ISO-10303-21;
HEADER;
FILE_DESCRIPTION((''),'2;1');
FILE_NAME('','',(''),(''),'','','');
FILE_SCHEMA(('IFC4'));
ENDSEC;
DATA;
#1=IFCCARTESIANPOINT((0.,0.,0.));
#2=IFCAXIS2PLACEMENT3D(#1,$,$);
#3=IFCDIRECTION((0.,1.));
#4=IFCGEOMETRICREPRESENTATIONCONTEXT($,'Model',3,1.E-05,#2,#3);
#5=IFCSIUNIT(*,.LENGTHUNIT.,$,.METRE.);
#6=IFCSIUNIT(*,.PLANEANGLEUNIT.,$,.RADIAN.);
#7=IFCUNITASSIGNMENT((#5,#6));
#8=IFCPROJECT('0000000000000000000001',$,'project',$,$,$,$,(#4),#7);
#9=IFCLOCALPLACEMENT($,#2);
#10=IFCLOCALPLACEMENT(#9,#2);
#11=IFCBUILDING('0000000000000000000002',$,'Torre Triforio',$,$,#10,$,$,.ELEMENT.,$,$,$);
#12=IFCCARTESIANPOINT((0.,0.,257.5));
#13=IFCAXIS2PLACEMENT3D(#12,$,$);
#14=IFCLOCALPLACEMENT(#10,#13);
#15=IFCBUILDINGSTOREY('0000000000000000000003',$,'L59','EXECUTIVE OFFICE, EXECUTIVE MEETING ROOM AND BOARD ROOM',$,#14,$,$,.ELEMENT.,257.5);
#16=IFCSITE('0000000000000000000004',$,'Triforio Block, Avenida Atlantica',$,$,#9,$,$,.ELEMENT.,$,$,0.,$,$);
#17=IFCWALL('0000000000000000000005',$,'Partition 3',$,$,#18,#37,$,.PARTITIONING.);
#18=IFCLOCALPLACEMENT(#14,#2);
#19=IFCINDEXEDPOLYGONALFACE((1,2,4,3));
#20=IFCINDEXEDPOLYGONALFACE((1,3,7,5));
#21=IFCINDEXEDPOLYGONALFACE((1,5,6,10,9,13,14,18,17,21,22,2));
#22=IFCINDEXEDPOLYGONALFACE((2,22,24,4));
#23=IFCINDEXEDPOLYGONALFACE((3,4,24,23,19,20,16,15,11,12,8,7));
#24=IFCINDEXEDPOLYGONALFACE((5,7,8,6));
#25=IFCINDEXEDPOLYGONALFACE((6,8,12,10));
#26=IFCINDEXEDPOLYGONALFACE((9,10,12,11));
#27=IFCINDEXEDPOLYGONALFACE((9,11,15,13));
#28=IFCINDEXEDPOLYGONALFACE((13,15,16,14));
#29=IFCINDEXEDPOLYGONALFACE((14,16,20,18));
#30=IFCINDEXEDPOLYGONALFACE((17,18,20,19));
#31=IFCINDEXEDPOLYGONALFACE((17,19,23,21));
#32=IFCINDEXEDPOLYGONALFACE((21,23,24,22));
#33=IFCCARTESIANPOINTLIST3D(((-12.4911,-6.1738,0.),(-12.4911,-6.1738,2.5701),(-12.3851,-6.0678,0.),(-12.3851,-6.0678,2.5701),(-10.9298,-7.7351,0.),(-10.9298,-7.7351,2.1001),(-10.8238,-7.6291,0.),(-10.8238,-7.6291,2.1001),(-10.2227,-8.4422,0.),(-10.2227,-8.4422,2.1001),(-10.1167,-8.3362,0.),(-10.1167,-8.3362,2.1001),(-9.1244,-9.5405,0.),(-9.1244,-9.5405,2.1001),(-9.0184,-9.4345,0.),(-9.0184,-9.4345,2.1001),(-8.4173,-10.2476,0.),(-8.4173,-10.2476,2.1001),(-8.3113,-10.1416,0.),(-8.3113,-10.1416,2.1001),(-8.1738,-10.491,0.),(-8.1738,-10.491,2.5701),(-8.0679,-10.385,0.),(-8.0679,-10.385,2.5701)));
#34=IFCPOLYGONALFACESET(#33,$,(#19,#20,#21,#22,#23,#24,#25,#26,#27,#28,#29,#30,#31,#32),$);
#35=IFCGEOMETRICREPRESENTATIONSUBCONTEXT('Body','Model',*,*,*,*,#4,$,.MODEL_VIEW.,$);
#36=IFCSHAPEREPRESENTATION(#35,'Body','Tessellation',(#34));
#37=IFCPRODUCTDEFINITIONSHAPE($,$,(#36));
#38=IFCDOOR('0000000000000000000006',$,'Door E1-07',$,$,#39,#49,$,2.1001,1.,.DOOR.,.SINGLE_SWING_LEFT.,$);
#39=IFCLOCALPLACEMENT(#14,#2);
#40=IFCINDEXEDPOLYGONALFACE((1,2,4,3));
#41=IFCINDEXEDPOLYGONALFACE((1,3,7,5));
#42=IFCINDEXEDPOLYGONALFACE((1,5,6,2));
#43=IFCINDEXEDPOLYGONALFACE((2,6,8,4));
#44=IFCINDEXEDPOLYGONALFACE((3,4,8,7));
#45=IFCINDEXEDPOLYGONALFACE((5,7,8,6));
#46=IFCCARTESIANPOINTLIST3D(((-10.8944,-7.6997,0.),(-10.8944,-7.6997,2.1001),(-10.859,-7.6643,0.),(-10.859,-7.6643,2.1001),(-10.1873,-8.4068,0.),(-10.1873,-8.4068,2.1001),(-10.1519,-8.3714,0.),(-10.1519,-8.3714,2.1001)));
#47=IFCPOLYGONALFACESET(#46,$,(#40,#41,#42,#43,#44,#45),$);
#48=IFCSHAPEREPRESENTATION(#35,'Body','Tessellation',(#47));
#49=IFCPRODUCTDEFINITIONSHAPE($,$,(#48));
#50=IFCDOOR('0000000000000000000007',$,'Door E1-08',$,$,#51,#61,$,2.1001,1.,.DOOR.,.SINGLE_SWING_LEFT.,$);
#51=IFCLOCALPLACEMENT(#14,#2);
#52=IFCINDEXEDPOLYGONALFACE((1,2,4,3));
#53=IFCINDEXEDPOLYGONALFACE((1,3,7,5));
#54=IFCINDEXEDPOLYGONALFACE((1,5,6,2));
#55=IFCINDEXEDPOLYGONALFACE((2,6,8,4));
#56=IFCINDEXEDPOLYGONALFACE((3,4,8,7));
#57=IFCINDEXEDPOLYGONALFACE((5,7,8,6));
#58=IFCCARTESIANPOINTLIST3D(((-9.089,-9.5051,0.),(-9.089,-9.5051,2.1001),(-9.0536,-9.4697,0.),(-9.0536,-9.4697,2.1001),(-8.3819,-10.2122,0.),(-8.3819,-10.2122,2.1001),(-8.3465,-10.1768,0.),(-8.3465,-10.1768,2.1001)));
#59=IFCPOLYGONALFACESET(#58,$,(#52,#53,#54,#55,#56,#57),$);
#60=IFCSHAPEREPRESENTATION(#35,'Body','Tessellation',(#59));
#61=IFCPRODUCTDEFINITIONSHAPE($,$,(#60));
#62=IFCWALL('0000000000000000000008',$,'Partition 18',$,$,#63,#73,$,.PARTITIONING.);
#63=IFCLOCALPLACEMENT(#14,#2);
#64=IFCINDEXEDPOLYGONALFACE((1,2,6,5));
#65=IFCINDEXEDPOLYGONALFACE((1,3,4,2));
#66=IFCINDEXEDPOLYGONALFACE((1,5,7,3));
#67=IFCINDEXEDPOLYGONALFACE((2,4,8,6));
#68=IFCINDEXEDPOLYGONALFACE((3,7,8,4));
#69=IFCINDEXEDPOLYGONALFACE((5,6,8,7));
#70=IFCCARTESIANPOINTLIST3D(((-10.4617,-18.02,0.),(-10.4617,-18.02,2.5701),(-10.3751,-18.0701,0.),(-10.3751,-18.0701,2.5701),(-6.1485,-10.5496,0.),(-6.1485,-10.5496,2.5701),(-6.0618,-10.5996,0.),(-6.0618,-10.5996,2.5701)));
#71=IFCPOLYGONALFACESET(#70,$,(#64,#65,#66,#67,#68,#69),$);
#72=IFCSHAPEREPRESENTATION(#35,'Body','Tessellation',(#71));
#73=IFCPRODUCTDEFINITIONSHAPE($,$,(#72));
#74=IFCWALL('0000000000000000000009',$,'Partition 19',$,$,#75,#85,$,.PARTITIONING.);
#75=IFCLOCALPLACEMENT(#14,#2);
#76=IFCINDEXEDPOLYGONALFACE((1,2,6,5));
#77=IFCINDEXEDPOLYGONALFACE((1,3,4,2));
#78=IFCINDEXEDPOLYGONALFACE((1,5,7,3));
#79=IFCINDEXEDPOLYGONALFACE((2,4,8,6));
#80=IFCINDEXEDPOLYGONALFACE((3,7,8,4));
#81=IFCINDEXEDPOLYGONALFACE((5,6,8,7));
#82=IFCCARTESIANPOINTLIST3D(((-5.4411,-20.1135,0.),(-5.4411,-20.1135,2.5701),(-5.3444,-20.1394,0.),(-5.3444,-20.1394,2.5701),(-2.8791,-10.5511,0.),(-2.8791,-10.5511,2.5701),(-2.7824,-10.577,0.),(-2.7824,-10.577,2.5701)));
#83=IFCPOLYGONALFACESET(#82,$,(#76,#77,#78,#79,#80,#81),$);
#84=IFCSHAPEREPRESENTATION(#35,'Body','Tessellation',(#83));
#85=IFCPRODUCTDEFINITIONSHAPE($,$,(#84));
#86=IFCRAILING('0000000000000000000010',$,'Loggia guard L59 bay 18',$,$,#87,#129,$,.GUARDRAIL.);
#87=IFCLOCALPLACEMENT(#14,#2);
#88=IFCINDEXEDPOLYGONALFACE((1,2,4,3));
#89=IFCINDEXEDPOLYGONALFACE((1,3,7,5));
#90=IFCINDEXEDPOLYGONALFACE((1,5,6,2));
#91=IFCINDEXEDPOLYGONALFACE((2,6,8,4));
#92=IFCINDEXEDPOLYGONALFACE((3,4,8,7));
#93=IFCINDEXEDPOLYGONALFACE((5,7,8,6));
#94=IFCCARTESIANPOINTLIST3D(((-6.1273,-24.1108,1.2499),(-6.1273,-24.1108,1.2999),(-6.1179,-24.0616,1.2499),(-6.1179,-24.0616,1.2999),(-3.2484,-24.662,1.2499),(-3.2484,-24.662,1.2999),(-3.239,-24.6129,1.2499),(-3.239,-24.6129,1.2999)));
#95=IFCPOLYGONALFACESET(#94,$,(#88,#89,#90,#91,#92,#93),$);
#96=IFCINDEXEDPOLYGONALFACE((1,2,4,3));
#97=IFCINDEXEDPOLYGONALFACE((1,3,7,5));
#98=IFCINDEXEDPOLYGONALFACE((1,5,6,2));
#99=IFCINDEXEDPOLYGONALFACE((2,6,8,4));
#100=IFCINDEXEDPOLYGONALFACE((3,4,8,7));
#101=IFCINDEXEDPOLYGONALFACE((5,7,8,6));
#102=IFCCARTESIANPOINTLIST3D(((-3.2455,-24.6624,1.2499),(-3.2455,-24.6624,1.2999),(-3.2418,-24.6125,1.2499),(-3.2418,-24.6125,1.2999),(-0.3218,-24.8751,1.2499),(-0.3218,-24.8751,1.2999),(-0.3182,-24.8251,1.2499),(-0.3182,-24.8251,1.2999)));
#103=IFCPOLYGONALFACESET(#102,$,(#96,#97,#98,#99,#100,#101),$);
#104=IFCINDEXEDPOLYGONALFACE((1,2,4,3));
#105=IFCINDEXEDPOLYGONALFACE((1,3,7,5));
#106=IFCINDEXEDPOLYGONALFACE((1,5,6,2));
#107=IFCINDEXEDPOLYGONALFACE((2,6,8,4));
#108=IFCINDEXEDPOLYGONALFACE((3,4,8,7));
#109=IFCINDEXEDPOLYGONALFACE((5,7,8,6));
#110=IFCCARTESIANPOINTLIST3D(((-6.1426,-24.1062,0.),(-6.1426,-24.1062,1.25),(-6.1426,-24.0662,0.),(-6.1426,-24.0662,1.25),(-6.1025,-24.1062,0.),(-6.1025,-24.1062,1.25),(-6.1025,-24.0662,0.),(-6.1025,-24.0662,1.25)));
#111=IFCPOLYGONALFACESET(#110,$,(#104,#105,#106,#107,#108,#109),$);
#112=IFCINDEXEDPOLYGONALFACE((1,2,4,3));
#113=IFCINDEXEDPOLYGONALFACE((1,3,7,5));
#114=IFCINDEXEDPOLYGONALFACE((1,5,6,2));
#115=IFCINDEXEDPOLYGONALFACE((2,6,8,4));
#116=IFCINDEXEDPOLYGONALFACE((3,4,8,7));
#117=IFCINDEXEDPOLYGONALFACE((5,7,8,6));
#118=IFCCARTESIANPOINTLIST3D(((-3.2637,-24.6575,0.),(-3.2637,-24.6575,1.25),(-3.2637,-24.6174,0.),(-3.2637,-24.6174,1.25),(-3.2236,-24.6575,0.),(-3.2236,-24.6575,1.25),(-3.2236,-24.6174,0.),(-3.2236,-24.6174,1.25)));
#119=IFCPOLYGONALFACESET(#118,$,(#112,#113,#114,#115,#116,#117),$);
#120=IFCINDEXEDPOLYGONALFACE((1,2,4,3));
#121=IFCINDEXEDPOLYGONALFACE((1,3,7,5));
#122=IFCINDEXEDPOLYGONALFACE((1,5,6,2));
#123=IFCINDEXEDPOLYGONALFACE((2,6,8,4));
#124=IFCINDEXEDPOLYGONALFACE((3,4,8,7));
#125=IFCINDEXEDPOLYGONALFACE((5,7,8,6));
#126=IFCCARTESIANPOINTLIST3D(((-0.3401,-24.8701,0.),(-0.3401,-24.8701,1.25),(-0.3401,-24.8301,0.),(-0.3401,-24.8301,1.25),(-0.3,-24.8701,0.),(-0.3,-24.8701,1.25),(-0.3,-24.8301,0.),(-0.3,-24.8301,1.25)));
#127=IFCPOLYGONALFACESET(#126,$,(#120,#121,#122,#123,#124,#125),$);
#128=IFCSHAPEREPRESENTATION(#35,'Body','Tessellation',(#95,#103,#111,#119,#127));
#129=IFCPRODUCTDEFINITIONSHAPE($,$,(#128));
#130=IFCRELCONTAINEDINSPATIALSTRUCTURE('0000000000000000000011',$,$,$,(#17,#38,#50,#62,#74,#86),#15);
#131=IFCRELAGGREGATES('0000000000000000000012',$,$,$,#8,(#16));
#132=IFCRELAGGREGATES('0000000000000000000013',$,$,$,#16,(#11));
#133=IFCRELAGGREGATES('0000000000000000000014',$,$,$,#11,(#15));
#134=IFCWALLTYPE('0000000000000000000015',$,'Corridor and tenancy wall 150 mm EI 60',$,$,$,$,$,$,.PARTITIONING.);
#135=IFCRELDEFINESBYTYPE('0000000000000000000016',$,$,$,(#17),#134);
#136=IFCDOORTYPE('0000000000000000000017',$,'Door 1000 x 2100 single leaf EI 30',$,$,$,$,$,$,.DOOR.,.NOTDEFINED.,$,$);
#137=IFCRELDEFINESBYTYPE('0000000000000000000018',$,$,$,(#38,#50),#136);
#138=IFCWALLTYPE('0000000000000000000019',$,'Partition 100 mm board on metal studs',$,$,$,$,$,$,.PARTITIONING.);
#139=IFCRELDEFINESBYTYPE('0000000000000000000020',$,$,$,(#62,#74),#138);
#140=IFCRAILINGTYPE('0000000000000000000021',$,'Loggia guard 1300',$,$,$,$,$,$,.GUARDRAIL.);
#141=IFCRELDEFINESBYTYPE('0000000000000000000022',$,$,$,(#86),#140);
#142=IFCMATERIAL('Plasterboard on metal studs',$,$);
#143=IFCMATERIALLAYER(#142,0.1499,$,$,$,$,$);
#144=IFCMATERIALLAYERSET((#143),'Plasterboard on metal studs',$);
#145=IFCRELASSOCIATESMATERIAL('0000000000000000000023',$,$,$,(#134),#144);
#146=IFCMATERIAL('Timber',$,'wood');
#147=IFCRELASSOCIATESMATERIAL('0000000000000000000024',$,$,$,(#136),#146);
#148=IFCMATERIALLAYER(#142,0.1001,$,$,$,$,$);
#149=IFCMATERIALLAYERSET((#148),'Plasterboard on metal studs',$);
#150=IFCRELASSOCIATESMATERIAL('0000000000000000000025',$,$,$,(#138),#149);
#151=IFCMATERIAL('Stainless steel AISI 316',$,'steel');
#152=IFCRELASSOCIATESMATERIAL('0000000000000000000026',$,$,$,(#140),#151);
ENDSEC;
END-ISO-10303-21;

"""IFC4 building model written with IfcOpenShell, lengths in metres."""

from ifc_helpers import new_model, si_unit, direction, frame, frame_2d, origin, origin_2d, place, context, subcontext, project, spatial, rectangle, extrude, material, layer, layer_set, type_object, element, fill, save


model = new_model("IFC4")

# Units and contexts
model_context = context("Model", 3, precision=1e-05, world=origin(), true_north=direction((0.0, 1.0)))
body_context = subcontext(model_context, "Body", "Model", "MODEL_VIEW")
ifc_project = project(units=[si_unit("LENGTHUNIT", "METRE"), si_unit("PLANEANGLEUNIT", "RADIAN")], contexts=[model_context])

# Site, building, storey
site_placement = place(None, origin())
site = spatial("IfcSite", under=ifc_project, at=site_placement, Name="Triforio Block, Avenida Atlantica", CompositionType="ELEMENT", RefElevation=0.0)
building_placement = place(site_placement, origin())
building = spatial("IfcBuilding", under=site, at=building_placement, Name="Torre Triforio", CompositionType="ELEMENT")
storey_placement = place(building_placement, frame((0.0, 0.0, 257.5)))
storey = spatial("IfcBuildingStorey", under=building, at=storey_placement, Name="L59", Description="EXECUTIVE OFFICE, EXECUTIVE MEETING ROOM AND BOARD ROOM", CompositionType="ELEMENT", Elevation=257.5)

# Wall, openings, doors
ifc_material_1 = material(Name="Plasterboard on metal studs")
ifc_layer_1 = layer(ifc_material_1, 0.1499)
ifc_layer_set_1 = layer_set([ifc_layer_1], Name="Plasterboard on metal studs")
wall_type_1 = type_object("IfcWallType", Name="Corridor and tenancy wall 150 mm EI 60", PredefinedType="PARTITIONING", material=ifc_layer_set_1)
wall_1_placement = place(storey_placement, frame((-8.1208, -10.438, 0.0), z_axis=(0.0, 0.0, 1.0), x_axis=(-0.707107, 0.707107, 0.0)))
wall_1 = element("IfcWall", 1, at=wall_1_placement, inside=storey, type_object=wall_type_1, Name="Partition 3", PredefinedType="PARTITIONING", context=body_context, shape_type="SweptSolid", body=[
    extrude(rectangle(XDim=6.1055, YDim=0.1499, at=frame_2d((3.0527, 0.0))), origin(), (0.0, 0.0, 1.0), 2.5701),
])
opening_1_placement = place(wall_1_placement, frame((2.8975, 0.0, 0.0)))
opening_1 = element("IfcOpeningElement", 2, at=opening_1_placement, cuts=wall_1, PredefinedType="OPENING", context=body_context, shape_type="SweptSolid", body=[
    extrude(rectangle(XDim=1.0, YDim=2.1001, at=frame_2d((0.5, 1.05))), frame((0.0, 0.085, 0.0), z_axis=(0.0, -1.0, 0.0), x_axis=(1.0, 0.0, 0.0)), (0.0, 0.0, 1.0), 0.1699),
])
opening_2_placement = place(wall_1_placement, frame((0.3442, 0.0, 0.0)))
opening_2 = element("IfcOpeningElement", 3, at=opening_2_placement, cuts=wall_1, PredefinedType="OPENING", context=body_context, shape_type="SweptSolid", body=[
    extrude(rectangle(XDim=1.0, YDim=2.1001, at=frame_2d((0.5, 1.05))), frame((0.0, 0.085, 0.0), z_axis=(0.0, -1.0, 0.0), x_axis=(1.0, 0.0, 0.0)), (0.0, 0.0, 1.0), 0.1699),
])
ifc_material_2 = material(Name="Timber", Category="wood")
door_type_1 = type_object("IfcDoorType", Name="Door 1000 x 2100 single leaf EI 30", OperationType="NOTDEFINED", PredefinedType="DOOR", material=ifc_material_2)
door_1_placement = place(opening_1_placement, origin())
door_1 = element("IfcDoor", 4, at=door_1_placement, inside=storey, type_object=door_type_1, Name="Door E1-07", OperationType="SINGLE_SWING_LEFT", OverallHeight=2.1001, OverallWidth=1.0, PredefinedType="DOOR", context=body_context, shape_type="SweptSolid", body=[
    extrude(rectangle(XDim=1.0, YDim=2.1001, at=frame_2d((0.5, 1.05))), frame((0.0, 0.0249, 0.0), z_axis=(0.0, -1.0, 0.0), x_axis=(1.0, 0.0, 0.0)), (0.0, 0.0, 1.0), 0.05),
])
fill(opening_1, door_1)
door_2_placement = place(opening_2_placement, origin())
door_2 = element("IfcDoor", 5, at=door_2_placement, inside=storey, type_object=door_type_1, Name="Door E1-08", OperationType="SINGLE_SWING_LEFT", OverallHeight=2.1001, OverallWidth=1.0, PredefinedType="DOOR", context=body_context, shape_type="SweptSolid", body=[
    extrude(rectangle(XDim=1.0, YDim=2.1001, at=frame_2d((0.5, 1.05))), frame((0.0, 0.0249, 0.0), z_axis=(0.0, -1.0, 0.0), x_axis=(1.0, 0.0, 0.0)), (0.0, 0.0, 1.0), 0.05),
])
fill(opening_2, door_2)

# Walls
ifc_layer_2 = layer(ifc_material_1, 0.1001)
ifc_layer_set_2 = layer_set([ifc_layer_2], Name="Plasterboard on metal studs")
wall_type_2 = type_object("IfcWallType", Name="Partition 100 mm board on metal studs", PredefinedType="PARTITIONING", material=ifc_layer_set_2)
wall_2_placement = place(storey_placement, frame((-6.1052, -10.5747, 0.0), z_axis=(0.0, 0.0, 1.0), x_axis=(-0.500014, -0.866017, 0.0)))
element("IfcWall", 6, at=wall_2_placement, inside=storey, type_object=wall_type_2, Name="Partition 18", PredefinedType="PARTITIONING", context=body_context, shape_type="SweptSolid", body=[
    extrude(rectangle(XDim=8.6262, YDim=0.1001, at=frame_2d((4.313, 0.0))), origin(), (0.0, 0.0, 1.0), 2.5701),
])
wall_3_placement = place(storey_placement, frame((-2.8308, -10.5642, 0.0), z_axis=(0.0, 0.0, 1.0), x_axis=(-0.258795, -0.965932, 0.0)))
element("IfcWall", 7, at=wall_3_placement, inside=storey, type_object=wall_type_2, Name="Partition 19", PredefinedType="PARTITIONING", context=body_context, shape_type="SweptSolid", body=[
    extrude(rectangle(XDim=9.8997, YDim=0.1001, at=frame_2d((4.9497, 0.0))), origin(), (0.0, 0.0, 1.0), 2.5701),
])

# Railing
ifc_material_3 = material(Name="Stainless steel AISI 316", Category="steel")
railing_type = type_object("IfcRailingType", Name="Loggia guard 1300", PredefinedType="GUARDRAIL", material=ifc_material_3)
railing_placement = place(storey_placement, frame((-6.1226, -24.0862, 0.0)))
element("IfcRailing", 8, at=railing_placement, inside=storey, type_object=railing_type, Name="Loggia guard L59 bay 18", PredefinedType="GUARDRAIL", context=body_context, shape_type="SweptSolid", body=[
    extrude(rectangle(XDim=0.05, YDim=0.05, at=origin_2d()), frame((0.0, 0.0, 1.2749), z_axis=(0.982156, -0.188069, 0.0), x_axis=(0.188069, 0.982156, 0.0)), (0.0, 0.0, 1.0), 2.9312),
    extrude(rectangle(XDim=0.05, YDim=0.05, at=origin_2d()), frame((2.8789, -0.5513, 1.2749), z_axis=(0.997365, -0.072543, 0.0), x_axis=(0.072543, 0.997365, 0.0)), (0.0, 0.0, 1.0), 2.9314),
    extrude(rectangle(XDim=0.04, YDim=0.04, at=origin_2d()), origin(), (0.0, 0.0, 1.0), 1.25),
    extrude(rectangle(XDim=0.04, YDim=0.04, at=origin_2d()), frame((2.8789, -0.5513, 0.0)), (0.0, 0.0, 1.0), 1.25),
    extrude(rectangle(XDim=0.04, YDim=0.04, at=origin_2d()), frame((5.8025, -0.7639, 0.0)), (0.0, 0.0, 1.0), 1.25),
])

save(model, "model.ifc")
